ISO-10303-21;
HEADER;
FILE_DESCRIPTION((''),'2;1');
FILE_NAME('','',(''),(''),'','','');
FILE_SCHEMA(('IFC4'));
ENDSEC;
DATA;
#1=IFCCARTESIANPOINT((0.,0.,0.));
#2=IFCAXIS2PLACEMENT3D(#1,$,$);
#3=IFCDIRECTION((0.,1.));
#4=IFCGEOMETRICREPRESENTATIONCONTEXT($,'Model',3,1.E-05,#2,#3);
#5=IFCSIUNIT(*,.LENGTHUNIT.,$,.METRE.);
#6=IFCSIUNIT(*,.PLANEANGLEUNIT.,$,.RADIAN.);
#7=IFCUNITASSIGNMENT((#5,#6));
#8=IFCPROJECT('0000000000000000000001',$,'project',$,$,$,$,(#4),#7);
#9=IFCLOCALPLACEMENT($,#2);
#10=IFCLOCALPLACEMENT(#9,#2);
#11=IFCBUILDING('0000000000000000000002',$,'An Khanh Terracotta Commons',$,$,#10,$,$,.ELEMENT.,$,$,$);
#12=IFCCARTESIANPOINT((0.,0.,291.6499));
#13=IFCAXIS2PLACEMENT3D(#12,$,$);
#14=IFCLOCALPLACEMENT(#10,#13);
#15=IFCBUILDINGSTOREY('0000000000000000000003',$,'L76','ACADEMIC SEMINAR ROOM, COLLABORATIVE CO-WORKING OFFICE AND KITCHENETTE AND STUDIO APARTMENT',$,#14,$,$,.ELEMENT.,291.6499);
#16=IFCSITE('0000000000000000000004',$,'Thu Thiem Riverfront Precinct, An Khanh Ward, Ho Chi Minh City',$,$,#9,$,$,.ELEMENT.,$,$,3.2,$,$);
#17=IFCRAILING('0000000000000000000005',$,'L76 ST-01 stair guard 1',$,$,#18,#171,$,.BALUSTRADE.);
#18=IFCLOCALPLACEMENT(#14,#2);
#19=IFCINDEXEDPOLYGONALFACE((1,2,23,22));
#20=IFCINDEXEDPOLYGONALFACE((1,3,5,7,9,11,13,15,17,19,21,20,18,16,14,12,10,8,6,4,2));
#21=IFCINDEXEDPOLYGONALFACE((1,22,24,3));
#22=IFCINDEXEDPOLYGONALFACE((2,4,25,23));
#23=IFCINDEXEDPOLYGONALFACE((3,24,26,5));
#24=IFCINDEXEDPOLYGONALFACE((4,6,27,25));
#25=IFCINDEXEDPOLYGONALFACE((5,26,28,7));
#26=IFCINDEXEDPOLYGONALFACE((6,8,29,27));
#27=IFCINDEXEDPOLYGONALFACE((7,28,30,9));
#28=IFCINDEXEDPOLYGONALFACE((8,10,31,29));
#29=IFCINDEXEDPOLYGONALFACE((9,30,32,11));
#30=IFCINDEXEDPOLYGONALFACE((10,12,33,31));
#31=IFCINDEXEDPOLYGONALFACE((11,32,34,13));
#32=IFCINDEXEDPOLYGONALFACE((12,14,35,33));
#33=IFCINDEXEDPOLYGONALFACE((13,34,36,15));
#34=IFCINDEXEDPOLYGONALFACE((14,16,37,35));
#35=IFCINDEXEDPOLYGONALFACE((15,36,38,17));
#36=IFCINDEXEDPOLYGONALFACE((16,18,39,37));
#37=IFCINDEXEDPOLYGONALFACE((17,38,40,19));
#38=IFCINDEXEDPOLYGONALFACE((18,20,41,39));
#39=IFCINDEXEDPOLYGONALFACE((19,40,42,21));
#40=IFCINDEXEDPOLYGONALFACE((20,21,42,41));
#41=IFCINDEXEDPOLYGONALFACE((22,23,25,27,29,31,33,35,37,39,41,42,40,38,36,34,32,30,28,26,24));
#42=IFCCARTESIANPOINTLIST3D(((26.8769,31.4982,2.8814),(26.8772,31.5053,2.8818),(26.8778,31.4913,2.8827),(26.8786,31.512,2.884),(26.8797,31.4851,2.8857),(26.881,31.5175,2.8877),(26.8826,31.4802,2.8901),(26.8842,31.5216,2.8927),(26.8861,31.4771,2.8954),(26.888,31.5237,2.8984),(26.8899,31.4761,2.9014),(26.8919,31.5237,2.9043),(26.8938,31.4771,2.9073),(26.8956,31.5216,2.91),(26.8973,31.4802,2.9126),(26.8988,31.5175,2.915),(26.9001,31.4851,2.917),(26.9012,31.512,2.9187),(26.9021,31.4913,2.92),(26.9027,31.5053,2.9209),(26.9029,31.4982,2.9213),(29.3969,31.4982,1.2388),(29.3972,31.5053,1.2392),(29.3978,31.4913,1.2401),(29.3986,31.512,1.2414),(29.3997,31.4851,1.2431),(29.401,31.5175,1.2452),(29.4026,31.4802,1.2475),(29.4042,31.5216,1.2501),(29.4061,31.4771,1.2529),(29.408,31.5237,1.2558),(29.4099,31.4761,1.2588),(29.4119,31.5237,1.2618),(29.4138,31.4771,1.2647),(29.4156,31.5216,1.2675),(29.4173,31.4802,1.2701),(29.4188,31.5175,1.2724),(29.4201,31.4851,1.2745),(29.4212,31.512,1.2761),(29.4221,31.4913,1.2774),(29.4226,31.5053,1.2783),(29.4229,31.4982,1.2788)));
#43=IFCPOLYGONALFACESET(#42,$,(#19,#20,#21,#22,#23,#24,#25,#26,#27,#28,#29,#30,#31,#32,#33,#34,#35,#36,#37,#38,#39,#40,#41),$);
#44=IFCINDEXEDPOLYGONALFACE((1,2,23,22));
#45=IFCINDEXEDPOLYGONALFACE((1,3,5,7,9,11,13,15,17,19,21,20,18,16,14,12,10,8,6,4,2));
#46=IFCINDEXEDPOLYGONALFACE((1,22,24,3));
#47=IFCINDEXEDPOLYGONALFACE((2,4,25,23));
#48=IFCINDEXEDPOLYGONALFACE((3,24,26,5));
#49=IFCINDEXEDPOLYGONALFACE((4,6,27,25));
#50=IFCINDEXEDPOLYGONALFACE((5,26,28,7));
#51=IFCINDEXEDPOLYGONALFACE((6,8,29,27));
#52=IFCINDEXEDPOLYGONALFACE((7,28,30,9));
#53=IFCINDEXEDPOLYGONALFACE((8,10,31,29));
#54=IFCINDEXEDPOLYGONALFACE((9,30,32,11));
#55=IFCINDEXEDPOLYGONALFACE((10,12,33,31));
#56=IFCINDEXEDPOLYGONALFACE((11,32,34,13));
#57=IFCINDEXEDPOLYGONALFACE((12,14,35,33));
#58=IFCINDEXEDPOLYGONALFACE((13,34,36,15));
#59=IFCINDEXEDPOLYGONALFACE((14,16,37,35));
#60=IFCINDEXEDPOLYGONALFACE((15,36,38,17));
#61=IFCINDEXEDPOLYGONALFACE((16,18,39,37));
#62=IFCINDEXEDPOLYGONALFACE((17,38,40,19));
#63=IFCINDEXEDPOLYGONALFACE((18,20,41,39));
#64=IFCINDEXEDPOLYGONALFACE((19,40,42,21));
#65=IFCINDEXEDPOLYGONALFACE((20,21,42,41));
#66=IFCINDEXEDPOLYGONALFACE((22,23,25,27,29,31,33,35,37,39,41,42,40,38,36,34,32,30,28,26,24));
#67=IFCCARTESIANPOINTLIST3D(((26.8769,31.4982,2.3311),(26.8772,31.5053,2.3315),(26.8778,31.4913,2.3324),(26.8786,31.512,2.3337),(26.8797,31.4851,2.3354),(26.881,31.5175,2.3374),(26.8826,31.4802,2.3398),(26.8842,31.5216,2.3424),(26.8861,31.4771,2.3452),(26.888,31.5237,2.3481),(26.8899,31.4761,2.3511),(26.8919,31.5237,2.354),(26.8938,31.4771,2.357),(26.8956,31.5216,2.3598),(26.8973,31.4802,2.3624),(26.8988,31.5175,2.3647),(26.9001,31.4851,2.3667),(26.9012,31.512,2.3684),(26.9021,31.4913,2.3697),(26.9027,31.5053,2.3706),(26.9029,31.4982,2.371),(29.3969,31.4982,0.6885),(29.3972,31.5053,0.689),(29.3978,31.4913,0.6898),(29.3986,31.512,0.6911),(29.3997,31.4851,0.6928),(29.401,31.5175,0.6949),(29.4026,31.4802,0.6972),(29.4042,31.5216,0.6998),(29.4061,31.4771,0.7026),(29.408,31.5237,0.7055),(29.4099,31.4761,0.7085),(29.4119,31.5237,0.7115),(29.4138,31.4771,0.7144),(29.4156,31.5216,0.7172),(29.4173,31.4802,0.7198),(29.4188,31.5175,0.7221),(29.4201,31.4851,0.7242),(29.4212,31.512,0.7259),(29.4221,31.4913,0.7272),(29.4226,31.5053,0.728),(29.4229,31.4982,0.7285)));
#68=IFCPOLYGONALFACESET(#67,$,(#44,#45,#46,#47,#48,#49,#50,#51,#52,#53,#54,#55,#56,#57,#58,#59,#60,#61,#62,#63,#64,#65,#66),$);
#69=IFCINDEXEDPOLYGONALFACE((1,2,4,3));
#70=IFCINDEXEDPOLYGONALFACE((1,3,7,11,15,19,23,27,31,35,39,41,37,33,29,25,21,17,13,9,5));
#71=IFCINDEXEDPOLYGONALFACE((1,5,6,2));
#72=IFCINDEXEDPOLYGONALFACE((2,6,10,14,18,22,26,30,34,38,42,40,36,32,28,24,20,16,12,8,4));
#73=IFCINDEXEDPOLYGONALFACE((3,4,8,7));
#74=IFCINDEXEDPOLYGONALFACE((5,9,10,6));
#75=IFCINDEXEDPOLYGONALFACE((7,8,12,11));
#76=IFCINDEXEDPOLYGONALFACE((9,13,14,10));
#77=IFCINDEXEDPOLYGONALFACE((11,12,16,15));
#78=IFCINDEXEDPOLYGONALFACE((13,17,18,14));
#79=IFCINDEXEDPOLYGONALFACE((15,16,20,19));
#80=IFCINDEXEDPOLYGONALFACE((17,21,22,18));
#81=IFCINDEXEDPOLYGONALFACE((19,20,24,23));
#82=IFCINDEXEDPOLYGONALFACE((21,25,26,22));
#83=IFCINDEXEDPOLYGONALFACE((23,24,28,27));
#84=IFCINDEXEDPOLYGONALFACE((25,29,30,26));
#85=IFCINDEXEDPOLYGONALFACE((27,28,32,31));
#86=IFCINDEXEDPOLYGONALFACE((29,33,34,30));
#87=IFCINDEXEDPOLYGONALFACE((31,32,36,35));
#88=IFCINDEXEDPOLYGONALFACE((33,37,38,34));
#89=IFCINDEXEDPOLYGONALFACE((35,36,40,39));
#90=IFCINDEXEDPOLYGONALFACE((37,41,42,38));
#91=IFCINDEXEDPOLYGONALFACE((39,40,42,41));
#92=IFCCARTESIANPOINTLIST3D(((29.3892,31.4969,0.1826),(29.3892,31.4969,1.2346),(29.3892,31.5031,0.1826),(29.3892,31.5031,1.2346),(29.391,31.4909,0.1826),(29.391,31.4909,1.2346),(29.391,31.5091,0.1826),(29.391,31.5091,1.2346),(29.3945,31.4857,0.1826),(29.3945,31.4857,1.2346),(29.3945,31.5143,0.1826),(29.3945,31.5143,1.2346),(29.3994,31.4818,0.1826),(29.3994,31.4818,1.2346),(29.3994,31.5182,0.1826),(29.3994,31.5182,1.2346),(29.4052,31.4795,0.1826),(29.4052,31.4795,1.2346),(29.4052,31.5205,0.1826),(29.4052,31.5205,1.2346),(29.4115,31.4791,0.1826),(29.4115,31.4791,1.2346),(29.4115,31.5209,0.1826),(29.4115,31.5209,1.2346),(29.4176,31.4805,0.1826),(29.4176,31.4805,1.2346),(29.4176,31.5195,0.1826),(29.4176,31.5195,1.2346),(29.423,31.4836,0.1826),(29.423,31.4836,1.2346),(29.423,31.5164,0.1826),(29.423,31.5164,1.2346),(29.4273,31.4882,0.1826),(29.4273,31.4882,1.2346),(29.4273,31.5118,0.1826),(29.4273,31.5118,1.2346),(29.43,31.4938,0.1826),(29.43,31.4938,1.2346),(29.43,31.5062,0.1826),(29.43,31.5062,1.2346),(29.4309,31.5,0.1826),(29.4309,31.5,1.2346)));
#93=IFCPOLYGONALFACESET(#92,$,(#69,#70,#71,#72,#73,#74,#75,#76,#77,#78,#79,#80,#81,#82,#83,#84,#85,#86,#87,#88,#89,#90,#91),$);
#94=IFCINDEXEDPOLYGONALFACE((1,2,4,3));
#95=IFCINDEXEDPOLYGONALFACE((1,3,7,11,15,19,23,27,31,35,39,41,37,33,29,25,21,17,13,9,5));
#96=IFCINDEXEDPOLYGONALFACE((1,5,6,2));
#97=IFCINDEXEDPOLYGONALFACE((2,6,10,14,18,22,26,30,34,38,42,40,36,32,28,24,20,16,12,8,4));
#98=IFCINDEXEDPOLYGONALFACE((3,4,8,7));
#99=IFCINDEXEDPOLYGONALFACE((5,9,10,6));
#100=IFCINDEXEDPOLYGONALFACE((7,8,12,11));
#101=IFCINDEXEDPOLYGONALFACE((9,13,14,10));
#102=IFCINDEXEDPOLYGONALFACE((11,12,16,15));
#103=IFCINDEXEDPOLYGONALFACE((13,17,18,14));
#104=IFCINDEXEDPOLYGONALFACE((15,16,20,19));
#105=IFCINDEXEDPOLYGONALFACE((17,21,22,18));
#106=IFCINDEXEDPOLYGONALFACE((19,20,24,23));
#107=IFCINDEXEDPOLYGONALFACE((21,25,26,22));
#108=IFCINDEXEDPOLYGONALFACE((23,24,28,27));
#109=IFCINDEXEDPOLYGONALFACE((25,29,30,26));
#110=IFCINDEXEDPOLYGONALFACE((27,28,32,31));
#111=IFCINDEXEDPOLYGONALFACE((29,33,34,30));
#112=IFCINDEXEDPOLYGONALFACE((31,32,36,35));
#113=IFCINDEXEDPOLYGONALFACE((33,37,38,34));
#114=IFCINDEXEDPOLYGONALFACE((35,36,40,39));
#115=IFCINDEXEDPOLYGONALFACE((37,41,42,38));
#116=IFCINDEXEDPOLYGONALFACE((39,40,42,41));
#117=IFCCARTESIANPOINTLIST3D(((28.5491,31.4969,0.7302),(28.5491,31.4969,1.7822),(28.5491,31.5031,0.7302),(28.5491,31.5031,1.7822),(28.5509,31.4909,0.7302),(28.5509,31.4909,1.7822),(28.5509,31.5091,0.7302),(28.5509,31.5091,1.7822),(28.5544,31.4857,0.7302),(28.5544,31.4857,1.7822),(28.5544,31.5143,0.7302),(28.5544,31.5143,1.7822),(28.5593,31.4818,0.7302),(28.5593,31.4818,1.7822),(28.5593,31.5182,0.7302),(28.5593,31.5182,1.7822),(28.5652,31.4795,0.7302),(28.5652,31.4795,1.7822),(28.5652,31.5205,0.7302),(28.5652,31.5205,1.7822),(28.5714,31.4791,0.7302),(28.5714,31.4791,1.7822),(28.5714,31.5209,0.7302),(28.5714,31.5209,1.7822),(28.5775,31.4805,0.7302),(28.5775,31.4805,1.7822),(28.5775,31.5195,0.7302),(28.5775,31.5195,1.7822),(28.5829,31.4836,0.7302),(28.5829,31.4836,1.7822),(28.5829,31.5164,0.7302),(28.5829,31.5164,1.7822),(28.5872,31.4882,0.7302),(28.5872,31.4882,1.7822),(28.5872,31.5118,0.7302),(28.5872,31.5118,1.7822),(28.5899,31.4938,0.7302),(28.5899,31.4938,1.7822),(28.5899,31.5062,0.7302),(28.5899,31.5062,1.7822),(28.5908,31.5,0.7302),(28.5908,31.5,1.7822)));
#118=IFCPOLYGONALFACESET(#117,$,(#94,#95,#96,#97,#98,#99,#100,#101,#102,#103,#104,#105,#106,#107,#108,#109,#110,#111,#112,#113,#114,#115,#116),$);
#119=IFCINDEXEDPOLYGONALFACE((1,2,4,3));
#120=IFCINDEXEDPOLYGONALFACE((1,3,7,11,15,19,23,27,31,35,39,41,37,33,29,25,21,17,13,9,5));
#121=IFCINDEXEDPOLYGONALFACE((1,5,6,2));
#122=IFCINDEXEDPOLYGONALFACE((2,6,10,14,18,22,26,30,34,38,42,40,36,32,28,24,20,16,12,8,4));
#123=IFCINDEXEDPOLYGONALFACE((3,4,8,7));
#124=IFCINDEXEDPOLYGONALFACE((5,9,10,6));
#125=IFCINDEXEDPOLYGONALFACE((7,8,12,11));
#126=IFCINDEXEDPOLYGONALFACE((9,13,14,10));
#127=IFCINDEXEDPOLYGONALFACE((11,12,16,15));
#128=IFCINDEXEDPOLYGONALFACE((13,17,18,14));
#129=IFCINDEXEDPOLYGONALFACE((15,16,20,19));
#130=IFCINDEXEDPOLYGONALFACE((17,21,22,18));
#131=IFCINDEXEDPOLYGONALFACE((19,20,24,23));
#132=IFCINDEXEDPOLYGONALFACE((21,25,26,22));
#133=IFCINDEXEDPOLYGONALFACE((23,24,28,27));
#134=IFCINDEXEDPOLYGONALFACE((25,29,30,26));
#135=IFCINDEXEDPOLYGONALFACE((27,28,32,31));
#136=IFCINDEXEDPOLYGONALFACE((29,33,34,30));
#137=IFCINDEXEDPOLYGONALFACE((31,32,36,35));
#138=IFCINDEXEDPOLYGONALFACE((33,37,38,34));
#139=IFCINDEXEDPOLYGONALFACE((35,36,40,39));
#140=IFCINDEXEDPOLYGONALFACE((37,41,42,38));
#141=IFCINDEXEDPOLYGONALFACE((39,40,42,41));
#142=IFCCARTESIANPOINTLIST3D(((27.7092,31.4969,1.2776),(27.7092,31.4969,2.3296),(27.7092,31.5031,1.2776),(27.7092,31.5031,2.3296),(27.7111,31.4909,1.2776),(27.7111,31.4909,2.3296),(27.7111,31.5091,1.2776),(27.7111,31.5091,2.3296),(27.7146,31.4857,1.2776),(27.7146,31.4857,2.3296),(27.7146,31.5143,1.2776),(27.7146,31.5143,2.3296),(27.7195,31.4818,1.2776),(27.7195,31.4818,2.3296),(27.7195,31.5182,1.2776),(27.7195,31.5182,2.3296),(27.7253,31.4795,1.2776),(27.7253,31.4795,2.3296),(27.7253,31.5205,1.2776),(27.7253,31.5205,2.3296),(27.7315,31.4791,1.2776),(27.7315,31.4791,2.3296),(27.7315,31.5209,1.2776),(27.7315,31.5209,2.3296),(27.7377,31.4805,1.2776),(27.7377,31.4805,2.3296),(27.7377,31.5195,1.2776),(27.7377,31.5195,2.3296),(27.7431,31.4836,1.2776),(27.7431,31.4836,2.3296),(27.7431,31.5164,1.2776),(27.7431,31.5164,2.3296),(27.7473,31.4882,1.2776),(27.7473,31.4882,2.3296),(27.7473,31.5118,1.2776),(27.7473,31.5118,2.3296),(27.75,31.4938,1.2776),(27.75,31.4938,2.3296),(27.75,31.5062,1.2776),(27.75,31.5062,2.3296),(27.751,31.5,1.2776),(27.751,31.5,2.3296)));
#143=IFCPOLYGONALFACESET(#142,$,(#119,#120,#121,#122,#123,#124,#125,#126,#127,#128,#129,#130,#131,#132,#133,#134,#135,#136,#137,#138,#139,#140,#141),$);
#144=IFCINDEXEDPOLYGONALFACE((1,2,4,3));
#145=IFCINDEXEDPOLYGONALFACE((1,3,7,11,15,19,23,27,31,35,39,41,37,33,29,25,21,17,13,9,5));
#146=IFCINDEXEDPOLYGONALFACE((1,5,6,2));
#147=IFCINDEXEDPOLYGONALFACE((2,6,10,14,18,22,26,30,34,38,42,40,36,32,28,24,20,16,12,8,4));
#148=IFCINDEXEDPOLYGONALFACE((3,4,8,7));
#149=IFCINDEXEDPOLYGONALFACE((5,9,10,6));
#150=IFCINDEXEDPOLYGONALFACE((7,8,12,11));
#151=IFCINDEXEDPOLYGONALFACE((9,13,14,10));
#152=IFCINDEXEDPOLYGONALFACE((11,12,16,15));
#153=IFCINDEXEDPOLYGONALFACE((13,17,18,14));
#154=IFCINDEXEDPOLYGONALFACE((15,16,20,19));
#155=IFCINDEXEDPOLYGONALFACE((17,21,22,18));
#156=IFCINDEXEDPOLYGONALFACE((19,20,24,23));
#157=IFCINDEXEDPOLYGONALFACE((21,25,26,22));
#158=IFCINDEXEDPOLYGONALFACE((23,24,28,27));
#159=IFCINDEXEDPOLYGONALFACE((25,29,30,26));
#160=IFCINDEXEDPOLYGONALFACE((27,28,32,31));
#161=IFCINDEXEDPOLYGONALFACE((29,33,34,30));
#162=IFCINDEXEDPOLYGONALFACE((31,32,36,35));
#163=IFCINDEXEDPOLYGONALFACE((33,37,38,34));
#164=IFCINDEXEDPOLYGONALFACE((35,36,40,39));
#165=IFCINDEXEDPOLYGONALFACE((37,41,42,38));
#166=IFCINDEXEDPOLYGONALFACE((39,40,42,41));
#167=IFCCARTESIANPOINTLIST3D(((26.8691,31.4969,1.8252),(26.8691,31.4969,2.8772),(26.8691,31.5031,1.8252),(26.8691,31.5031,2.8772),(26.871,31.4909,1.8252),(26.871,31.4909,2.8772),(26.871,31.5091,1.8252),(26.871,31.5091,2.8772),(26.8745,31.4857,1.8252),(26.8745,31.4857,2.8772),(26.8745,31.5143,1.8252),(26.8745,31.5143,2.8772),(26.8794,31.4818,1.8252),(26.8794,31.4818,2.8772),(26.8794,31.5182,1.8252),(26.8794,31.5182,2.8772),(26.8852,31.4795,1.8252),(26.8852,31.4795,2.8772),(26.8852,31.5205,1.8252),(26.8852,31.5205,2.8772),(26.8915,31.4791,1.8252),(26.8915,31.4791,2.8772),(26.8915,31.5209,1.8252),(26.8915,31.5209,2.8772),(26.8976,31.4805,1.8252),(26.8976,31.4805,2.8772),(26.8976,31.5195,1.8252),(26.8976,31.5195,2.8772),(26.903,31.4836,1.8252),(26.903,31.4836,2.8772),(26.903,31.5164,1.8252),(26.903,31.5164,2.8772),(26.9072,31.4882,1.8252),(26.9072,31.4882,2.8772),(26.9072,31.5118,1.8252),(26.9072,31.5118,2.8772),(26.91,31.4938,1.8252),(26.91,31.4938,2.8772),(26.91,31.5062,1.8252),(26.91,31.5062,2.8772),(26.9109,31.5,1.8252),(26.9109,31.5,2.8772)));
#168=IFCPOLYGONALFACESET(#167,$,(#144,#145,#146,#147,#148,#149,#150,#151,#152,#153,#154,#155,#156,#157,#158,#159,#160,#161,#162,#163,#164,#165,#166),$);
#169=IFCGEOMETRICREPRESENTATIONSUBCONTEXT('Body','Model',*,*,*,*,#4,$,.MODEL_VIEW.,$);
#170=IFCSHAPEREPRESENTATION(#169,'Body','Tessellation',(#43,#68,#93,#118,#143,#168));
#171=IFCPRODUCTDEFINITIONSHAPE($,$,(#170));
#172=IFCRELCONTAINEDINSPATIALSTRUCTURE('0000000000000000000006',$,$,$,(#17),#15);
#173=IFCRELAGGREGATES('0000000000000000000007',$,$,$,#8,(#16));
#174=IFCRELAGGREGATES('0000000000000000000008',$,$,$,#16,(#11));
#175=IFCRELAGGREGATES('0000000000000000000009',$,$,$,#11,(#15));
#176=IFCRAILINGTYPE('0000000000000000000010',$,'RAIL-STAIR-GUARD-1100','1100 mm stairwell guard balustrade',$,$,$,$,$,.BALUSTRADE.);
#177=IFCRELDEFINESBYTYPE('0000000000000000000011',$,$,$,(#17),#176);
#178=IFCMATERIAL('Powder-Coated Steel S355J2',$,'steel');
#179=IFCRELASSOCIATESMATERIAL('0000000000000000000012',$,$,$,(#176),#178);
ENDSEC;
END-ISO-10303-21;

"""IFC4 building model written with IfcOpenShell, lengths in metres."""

from ifc_helpers import new_model, si_unit, direction, frame, origin, origin_2d, place, context, subcontext, project, spatial, circle, extrude, material, type_object, element, save


model = new_model("IFC4")

# Units and contexts
model_context = context("Model", 3, precision=1e-05, world=origin(), true_north=direction((0.0, 1.0)))
body_context = subcontext(model_context, "Body", "Model", "MODEL_VIEW")
ifc_project = project(units=[si_unit("LENGTHUNIT", "METRE"), si_unit("PLANEANGLEUNIT", "RADIAN")], contexts=[model_context])

# Site, building, storey
site_placement = place(None, origin())
site = spatial("IfcSite", under=ifc_project, at=site_placement, Name="Thu Thiem Riverfront Precinct, An Khanh Ward, Ho Chi Minh City", CompositionType="ELEMENT", RefElevation=3.2)
building_placement = place(site_placement, origin())
building = spatial("IfcBuilding", under=site, at=building_placement, Name="An Khanh Terracotta Commons", CompositionType="ELEMENT")
storey_placement = place(building_placement, frame((0.0, 0.0, 291.6499)))
storey = spatial("IfcBuildingStorey", under=building, at=storey_placement, Name="L76", Description="ACADEMIC SEMINAR ROOM, COLLABORATIVE CO-WORKING OFFICE AND KITCHENETTE AND STUDIO APARTMENT", CompositionType="ELEMENT", Elevation=291.6499)

# Railing
ifc_material_1 = material(Name="Powder-Coated Steel S355J2", Category="steel")
railing_type_1 = type_object("IfcRailingType", Name="RAIL-STAIR-GUARD-1100", Description="1100 mm stairwell guard balustrade", PredefinedType="BALUSTRADE", material=ifc_material_1)
railing_1_placement = place(storey_placement, frame((29.4099, 31.5, 0.1826)))
element("IfcRailing", 1, at=railing_1_placement, inside=storey, type_object=railing_type_1, Name="L76 ST-01 stair guard 1", PredefinedType="BALUSTRADE", context=body_context, shape_type="SweptSolid", body=[
    extrude(circle(Radius=0.0239, at=origin_2d()), frame((0.0, 0.0, 1.0762), z_axis=(-0.837749, 0.0, 0.546055), x_axis=(0.0, -1.0, 0.0)), (0.0, 0.0, 1.0), 3.0081),
    extrude(circle(Radius=0.0239, at=origin_2d()), frame((0.0, 0.0, 0.5259), z_axis=(-0.837749, 0.0, 0.546055), x_axis=(0.0, -1.0, 0.0)), (0.0, 0.0, 1.0), 3.0081),
    extrude(circle(Radius=0.021, at=origin_2d()), origin(), (0.0, 0.0, 1.0), 1.052),
    extrude(circle(Radius=0.021, at=origin_2d()), frame((-0.8401, 0.0, 0.5476)), (0.0, 0.0, 1.0), 1.052),
    extrude(circle(Radius=0.021, at=origin_2d()), frame((-1.6799, 0.0, 1.095)), (0.0, 0.0, 1.0), 1.052),
    extrude(circle(Radius=0.021, at=origin_2d()), frame((-2.52, 0.0, 1.6426)), (0.0, 0.0, 1.0), 1.052),
])

save(model, "model.ifc")
